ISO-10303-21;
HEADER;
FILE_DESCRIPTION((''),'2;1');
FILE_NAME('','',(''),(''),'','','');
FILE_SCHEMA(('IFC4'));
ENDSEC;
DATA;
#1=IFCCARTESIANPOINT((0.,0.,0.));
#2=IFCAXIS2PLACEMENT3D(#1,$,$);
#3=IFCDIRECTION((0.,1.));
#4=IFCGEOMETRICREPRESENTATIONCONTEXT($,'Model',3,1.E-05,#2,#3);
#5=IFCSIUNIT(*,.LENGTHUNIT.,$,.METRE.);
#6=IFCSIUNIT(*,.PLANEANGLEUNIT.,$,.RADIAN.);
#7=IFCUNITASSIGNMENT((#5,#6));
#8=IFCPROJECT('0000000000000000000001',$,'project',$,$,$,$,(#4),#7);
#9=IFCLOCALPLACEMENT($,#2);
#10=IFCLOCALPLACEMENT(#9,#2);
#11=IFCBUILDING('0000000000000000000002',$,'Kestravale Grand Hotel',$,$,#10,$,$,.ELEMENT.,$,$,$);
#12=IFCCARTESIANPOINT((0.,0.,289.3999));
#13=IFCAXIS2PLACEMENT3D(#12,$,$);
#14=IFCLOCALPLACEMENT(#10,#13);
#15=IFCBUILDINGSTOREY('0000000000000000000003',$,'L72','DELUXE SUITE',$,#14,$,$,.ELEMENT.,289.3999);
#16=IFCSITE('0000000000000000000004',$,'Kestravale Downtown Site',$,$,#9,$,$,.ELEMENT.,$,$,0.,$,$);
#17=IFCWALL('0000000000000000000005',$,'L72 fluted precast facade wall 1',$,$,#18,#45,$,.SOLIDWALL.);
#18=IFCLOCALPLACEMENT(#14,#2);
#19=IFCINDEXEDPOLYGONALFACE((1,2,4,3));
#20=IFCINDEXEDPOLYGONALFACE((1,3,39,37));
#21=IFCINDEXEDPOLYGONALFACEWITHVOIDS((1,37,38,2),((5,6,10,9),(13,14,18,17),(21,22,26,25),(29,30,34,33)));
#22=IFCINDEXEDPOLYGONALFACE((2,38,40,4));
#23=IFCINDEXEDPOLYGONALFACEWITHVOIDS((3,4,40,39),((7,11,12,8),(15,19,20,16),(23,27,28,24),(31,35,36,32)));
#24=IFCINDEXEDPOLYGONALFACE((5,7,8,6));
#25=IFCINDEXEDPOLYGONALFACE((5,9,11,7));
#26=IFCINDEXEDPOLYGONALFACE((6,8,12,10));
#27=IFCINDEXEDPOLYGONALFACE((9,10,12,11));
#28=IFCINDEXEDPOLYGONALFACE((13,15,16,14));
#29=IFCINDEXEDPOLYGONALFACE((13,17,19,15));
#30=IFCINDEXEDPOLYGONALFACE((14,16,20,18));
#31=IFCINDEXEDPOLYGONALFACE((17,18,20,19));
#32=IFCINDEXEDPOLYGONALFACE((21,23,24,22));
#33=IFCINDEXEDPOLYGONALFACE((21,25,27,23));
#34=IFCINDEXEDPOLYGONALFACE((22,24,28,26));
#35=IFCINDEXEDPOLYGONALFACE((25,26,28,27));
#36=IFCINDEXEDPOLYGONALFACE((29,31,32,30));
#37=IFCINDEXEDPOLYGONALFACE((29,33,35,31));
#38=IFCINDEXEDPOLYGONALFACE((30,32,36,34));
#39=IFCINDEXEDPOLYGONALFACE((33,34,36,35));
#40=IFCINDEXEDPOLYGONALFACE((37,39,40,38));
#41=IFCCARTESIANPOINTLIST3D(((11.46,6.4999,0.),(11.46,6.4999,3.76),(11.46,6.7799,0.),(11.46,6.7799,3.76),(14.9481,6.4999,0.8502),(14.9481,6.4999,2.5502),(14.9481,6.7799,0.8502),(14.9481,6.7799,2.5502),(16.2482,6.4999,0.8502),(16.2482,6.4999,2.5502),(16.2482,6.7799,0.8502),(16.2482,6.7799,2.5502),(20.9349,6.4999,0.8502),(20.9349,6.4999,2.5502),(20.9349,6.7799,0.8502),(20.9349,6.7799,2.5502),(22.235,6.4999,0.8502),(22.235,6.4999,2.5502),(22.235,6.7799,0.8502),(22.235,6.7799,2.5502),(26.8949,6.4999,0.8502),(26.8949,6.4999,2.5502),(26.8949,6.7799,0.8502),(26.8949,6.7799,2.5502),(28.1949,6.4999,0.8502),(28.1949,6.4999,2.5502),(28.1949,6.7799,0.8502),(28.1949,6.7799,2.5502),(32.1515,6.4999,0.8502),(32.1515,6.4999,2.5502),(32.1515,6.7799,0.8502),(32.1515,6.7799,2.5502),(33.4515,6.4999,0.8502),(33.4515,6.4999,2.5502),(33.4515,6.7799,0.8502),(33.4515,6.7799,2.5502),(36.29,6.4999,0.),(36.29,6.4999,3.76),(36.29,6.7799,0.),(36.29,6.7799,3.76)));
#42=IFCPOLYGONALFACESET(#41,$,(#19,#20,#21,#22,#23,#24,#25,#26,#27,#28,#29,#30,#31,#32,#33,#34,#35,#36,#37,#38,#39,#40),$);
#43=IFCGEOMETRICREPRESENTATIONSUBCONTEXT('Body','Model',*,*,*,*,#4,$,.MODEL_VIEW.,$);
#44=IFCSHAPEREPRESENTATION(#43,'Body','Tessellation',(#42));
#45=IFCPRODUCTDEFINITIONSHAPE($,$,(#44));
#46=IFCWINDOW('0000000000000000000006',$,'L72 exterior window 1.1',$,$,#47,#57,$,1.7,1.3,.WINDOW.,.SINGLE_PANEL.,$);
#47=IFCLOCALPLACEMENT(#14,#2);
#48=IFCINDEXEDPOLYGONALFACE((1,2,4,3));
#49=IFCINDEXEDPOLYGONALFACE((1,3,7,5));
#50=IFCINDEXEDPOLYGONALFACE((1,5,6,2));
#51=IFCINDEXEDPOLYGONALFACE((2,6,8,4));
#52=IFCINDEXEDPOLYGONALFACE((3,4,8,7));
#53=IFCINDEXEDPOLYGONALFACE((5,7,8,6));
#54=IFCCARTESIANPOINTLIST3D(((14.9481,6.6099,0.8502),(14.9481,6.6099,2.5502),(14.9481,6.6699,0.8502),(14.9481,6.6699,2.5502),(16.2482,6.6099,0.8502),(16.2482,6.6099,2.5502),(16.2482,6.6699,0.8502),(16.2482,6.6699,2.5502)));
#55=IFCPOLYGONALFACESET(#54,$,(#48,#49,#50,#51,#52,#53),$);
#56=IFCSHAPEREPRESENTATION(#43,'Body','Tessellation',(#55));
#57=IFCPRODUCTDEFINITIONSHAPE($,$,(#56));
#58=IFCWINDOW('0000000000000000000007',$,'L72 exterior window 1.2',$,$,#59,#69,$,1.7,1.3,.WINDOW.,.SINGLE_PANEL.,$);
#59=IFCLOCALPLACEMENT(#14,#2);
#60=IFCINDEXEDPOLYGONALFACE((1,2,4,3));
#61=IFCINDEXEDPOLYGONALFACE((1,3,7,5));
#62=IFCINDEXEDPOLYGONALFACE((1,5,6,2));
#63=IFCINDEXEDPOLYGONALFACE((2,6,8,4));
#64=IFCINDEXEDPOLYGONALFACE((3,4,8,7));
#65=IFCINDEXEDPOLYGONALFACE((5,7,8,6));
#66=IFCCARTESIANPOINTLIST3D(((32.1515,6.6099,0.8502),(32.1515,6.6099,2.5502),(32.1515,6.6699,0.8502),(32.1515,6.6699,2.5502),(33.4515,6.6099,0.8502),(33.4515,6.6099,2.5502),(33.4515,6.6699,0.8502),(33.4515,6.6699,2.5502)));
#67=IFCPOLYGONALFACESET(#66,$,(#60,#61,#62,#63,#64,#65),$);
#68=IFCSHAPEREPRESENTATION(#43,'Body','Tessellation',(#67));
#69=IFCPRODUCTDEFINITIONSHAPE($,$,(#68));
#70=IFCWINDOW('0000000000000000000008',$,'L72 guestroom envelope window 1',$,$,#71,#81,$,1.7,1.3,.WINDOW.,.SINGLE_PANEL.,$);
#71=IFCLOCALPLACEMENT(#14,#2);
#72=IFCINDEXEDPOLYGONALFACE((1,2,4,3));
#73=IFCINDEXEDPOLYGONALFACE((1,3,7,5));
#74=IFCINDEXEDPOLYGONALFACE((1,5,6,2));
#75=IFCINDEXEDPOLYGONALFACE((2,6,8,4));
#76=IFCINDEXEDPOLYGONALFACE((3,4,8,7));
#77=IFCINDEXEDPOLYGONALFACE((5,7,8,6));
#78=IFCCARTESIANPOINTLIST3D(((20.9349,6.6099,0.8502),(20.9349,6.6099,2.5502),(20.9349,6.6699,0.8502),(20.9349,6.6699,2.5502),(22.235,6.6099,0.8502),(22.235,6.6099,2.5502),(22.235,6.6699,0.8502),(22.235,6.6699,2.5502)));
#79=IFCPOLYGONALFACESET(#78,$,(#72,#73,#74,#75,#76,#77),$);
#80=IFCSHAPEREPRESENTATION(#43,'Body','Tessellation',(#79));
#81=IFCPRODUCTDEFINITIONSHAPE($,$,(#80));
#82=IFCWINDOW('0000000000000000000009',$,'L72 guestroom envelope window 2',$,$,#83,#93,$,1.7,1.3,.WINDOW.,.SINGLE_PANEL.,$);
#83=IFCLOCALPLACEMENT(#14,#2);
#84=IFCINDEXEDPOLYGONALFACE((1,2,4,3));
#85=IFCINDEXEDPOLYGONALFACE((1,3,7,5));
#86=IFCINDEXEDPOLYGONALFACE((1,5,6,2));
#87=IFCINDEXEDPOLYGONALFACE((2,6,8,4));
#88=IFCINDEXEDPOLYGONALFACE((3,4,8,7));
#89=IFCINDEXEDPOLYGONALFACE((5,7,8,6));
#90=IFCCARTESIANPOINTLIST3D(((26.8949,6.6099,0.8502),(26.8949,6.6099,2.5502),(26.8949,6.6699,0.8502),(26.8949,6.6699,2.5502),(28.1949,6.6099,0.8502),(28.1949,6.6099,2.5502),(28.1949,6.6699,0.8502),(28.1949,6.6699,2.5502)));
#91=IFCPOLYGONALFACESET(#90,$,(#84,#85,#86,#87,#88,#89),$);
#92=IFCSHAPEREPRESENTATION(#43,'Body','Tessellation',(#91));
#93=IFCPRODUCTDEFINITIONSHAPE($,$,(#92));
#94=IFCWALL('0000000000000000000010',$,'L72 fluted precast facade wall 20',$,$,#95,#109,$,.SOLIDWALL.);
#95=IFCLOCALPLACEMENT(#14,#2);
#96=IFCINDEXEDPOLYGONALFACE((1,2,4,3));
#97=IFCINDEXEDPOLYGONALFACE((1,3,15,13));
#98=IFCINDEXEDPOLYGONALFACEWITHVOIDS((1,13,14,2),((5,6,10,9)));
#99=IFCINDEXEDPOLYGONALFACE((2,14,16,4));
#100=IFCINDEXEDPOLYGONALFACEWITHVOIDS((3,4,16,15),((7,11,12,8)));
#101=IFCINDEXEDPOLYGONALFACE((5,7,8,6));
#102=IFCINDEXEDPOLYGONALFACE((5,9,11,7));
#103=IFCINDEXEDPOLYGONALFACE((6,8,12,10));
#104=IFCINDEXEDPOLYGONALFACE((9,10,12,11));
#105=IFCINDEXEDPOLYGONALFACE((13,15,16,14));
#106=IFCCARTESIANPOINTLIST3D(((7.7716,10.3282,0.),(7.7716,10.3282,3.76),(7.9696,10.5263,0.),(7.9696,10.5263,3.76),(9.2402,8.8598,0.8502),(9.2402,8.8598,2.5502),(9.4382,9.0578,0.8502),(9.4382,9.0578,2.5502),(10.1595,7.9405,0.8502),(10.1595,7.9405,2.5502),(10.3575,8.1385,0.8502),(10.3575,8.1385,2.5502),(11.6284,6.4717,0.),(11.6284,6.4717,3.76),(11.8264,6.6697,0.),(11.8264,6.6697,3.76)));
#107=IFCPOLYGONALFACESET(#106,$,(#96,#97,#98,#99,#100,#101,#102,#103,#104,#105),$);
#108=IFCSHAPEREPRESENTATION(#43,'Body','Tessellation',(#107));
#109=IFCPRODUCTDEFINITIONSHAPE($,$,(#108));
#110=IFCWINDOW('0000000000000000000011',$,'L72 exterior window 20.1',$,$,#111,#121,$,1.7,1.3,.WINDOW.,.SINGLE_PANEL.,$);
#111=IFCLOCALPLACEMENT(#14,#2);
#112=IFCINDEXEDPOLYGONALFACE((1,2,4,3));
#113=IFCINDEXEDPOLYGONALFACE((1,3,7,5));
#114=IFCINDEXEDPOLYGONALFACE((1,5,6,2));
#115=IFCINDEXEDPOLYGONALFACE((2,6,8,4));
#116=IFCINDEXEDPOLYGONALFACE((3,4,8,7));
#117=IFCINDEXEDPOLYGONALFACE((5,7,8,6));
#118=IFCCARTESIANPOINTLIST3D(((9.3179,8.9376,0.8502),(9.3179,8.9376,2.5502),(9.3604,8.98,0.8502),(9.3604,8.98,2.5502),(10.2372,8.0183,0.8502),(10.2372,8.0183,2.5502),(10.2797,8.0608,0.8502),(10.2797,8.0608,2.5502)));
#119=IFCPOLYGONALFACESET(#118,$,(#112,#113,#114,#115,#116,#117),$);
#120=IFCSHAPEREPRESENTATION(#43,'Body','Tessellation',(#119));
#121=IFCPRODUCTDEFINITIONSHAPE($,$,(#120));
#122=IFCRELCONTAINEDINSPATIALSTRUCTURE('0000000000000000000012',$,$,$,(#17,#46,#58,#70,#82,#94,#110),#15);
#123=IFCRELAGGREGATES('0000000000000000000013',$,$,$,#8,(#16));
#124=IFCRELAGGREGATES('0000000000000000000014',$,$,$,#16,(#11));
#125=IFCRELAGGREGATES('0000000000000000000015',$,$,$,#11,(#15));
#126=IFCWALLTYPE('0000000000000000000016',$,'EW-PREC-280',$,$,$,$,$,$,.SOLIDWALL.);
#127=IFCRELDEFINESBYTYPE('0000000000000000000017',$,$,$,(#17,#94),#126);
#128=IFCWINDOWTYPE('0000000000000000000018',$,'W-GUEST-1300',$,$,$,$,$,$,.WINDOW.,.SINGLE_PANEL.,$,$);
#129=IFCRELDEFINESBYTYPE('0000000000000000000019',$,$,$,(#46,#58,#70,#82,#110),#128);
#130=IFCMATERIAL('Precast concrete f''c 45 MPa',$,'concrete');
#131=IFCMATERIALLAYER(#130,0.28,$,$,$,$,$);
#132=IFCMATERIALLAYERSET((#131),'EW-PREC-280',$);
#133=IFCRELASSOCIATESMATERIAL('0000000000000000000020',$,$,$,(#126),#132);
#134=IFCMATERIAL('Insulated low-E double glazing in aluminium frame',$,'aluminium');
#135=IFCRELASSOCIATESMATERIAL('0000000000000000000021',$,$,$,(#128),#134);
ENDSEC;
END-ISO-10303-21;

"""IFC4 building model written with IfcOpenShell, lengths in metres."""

from ifc_helpers import new_model, si_unit, direction, frame, frame_2d, origin, place, context, subcontext, project, spatial, rectangle, extrude, material, layer, layer_set, type_object, element, fill, save


model = new_model("IFC4")

# Units and contexts
model_context = context("Model", 3, precision=1e-05, world=origin(), true_north=direction((0.0, 1.0)))
body_context = subcontext(model_context, "Body", "Model", "MODEL_VIEW")
ifc_project = project(units=[si_unit("LENGTHUNIT", "METRE"), si_unit("PLANEANGLEUNIT", "RADIAN")], contexts=[model_context])

# Site, building, storey
site_placement = place(None, origin())
site = spatial("IfcSite", under=ifc_project, at=site_placement, Name="Kestravale Downtown Site", CompositionType="ELEMENT", RefElevation=0.0)
building_placement = place(site_placement, origin())
building = spatial("IfcBuilding", under=site, at=building_placement, Name="Kestravale Grand Hotel", CompositionType="ELEMENT")
storey_placement = place(building_placement, frame((0.0, 0.0, 289.3999)))
storey = spatial("IfcBuildingStorey", under=building, at=storey_placement, Name="L72", Description="DELUXE SUITE", CompositionType="ELEMENT", Elevation=289.3999)

# Wall, openings, windows
ifc_material_1 = material(Name="Precast concrete f'c 45 MPa", Category="concrete")
ifc_layer_1 = layer(ifc_material_1, 0.28)
ifc_layer_set_1 = layer_set([ifc_layer_1], Name="EW-PREC-280")
wall_type_1 = type_object("IfcWallType", Name="EW-PREC-280", PredefinedType="SOLIDWALL", material=ifc_layer_set_1)
wall_1_placement = place(storey_placement, frame((11.46, 6.6399, 0.0), z_axis=(0.0, 0.0, 1.0), x_axis=(1.0, 0.0, 0.0)))
wall_1 = element("IfcWall", 1, at=wall_1_placement, inside=storey, type_object=wall_type_1, Name="L72 fluted precast facade wall 1", PredefinedType="SOLIDWALL", context=body_context, shape_type="SweptSolid", body=[
    extrude(rectangle(XDim=24.8301, YDim=0.28, at=frame_2d((12.415, 0.0))), origin(), (0.0, 0.0, 1.0), 3.76),
])
opening_1_placement = place(wall_1_placement, frame((3.4883, 0.0, 0.8501)))
opening_1 = element("IfcOpeningElement", 2, at=opening_1_placement, cuts=wall_1, PredefinedType="OPENING", context=body_context, shape_type="SweptSolid", body=[
    extrude(rectangle(XDim=1.3, YDim=1.7, at=frame_2d((0.6499, 0.8501))), frame((0.0, 0.1499, 0.0), z_axis=(0.0, -1.0, 0.0), x_axis=(1.0, 0.0, 0.0)), (0.0, 0.0, 1.0), 0.3),
])
opening_2_placement = place(wall_1_placement, frame((20.6917, 0.0, 0.8501)))
opening_2 = element("IfcOpeningElement", 3, at=opening_2_placement, cuts=wall_1, PredefinedType="OPENING", context=body_context, shape_type="SweptSolid", body=[
    extrude(rectangle(XDim=1.3, YDim=1.7, at=frame_2d((0.6499, 0.8501))), frame((0.0, 0.1499, 0.0), z_axis=(0.0, -1.0, 0.0), x_axis=(1.0, 0.0, 0.0)), (0.0, 0.0, 1.0), 0.3),
])
opening_3_placement = place(wall_1_placement, frame((9.4751, 0.0, 0.8501)))
opening_3 = element("IfcOpeningElement", 4, at=opening_3_placement, cuts=wall_1, PredefinedType="OPENING", context=body_context, shape_type="SweptSolid", body=[
    extrude(rectangle(XDim=1.3, YDim=1.7, at=frame_2d((0.6499, 0.8501))), frame((0.0, 0.1499, 0.0), z_axis=(0.0, -1.0, 0.0), x_axis=(1.0, 0.0, 0.0)), (0.0, 0.0, 1.0), 0.3),
])
opening_4_placement = place(wall_1_placement, frame((15.4351, 0.0, 0.8501)))
opening_4 = element("IfcOpeningElement", 5, at=opening_4_placement, cuts=wall_1, PredefinedType="OPENING", context=body_context, shape_type="SweptSolid", body=[
    extrude(rectangle(XDim=1.3, YDim=1.7, at=frame_2d((0.6499, 0.8501))), frame((0.0, 0.1499, 0.0), z_axis=(0.0, -1.0, 0.0), x_axis=(1.0, 0.0, 0.0)), (0.0, 0.0, 1.0), 0.3),
])
ifc_material_2 = material(Name="Insulated low-E double glazing in aluminium frame", Category="aluminium")
window_type = type_object("IfcWindowType", Name="W-GUEST-1300", PartitioningType="SINGLE_PANEL", PredefinedType="WINDOW", material=ifc_material_2)
window_1_placement = place(opening_1_placement, origin())
window_1 = element("IfcWindow", 6, at=window_1_placement, inside=storey, type_object=window_type, Name="L72 exterior window 1.1", OverallHeight=1.7, OverallWidth=1.3, PartitioningType="SINGLE_PANEL", PredefinedType="WINDOW", context=body_context, shape_type="SweptSolid", body=[
    extrude(rectangle(XDim=1.3, YDim=1.7, at=frame_2d((0.6499, 0.8501))), frame((0.0, 0.03, 0.0), z_axis=(0.0, -1.0, 0.0), x_axis=(1.0, 0.0, 0.0)), (0.0, 0.0, 1.0), 0.0601),
])
fill(opening_1, window_1)
window_2_placement = place(opening_2_placement, origin())
window_2 = element("IfcWindow", 7, at=window_2_placement, inside=storey, type_object=window_type, Name="L72 exterior window 1.2", OverallHeight=1.7, OverallWidth=1.3, PartitioningType="SINGLE_PANEL", PredefinedType="WINDOW", context=body_context, shape_type="SweptSolid", body=[
    extrude(rectangle(XDim=1.3, YDim=1.7, at=frame_2d((0.6499, 0.8501))), frame((0.0, 0.03, 0.0), z_axis=(0.0, -1.0, 0.0), x_axis=(1.0, 0.0, 0.0)), (0.0, 0.0, 1.0), 0.0601),
])
fill(opening_2, window_2)
window_3_placement = place(opening_3_placement, origin())
window_3 = element("IfcWindow", 8, at=window_3_placement, inside=storey, type_object=window_type, Name="L72 guestroom envelope window 1", OverallHeight=1.7, OverallWidth=1.3, PartitioningType="SINGLE_PANEL", PredefinedType="WINDOW", context=body_context, shape_type="SweptSolid", body=[
    extrude(rectangle(XDim=1.3, YDim=1.7, at=frame_2d((0.6499, 0.8501))), frame((0.0, 0.03, 0.0), z_axis=(0.0, -1.0, 0.0), x_axis=(1.0, 0.0, 0.0)), (0.0, 0.0, 1.0), 0.0601),
])
fill(opening_3, window_3)
window_4_placement = place(opening_4_placement, origin())
window_4 = element("IfcWindow", 9, at=window_4_placement, inside=storey, type_object=window_type, Name="L72 guestroom envelope window 2", OverallHeight=1.7, OverallWidth=1.3, PartitioningType="SINGLE_PANEL", PredefinedType="WINDOW", context=body_context, shape_type="SweptSolid", body=[
    extrude(rectangle(XDim=1.3, YDim=1.7, at=frame_2d((0.6499, 0.8501))), frame((0.0, 0.03, 0.0), z_axis=(0.0, -1.0, 0.0), x_axis=(1.0, 0.0, 0.0)), (0.0, 0.0, 1.0), 0.0601),
])
fill(opening_4, window_4)

# Wall, opening, window
wall_2_placement = place(storey_placement, frame((7.8706, 10.4272, 0.0), z_axis=(0.0, 0.0, 1.0), x_axis=(0.707129, -0.707084, 0.0)))
wall_2 = element("IfcWall", 10, at=wall_2_placement, inside=storey, type_object=wall_type_1, Name="L72 fluted precast facade wall 20", PredefinedType="SOLIDWALL", context=body_context, shape_type="SweptSolid", body=[
    extrude(rectangle(XDim=5.4541, YDim=0.28, at=frame_2d((2.7271, 0.0))), origin(), (0.0, 0.0, 1.0), 3.76),
])
opening_5_placement = place(wall_2_placement, frame((2.0769, 0.0, 0.8501)))
opening_5 = element("IfcOpeningElement", 11, at=opening_5_placement, cuts=wall_2, PredefinedType="OPENING", context=body_context, shape_type="SweptSolid", body=[
    extrude(rectangle(XDim=1.3, YDim=1.7, at=frame_2d((0.6499, 0.8501))), frame((0.0, 0.1499, 0.0), z_axis=(0.0, -1.0, 0.0), x_axis=(1.0, 0.0, 0.0)), (0.0, 0.0, 1.0), 0.3),
])
window_5_placement = place(opening_5_placement, origin())
window_5 = element("IfcWindow", 12, at=window_5_placement, inside=storey, type_object=window_type, Name="L72 exterior window 20.1", OverallHeight=1.7, OverallWidth=1.3, PartitioningType="SINGLE_PANEL", PredefinedType="WINDOW", context=body_context, shape_type="SweptSolid", body=[
    extrude(rectangle(XDim=1.3, YDim=1.7, at=frame_2d((0.6499, 0.8501))), frame((0.0, 0.03, 0.0), z_axis=(0.0, -1.0, 0.0), x_axis=(1.0, 0.0, 0.0)), (0.0, 0.0, 1.0), 0.0601),
])
fill(opening_5, window_5)

save(model, "model.ifc")
